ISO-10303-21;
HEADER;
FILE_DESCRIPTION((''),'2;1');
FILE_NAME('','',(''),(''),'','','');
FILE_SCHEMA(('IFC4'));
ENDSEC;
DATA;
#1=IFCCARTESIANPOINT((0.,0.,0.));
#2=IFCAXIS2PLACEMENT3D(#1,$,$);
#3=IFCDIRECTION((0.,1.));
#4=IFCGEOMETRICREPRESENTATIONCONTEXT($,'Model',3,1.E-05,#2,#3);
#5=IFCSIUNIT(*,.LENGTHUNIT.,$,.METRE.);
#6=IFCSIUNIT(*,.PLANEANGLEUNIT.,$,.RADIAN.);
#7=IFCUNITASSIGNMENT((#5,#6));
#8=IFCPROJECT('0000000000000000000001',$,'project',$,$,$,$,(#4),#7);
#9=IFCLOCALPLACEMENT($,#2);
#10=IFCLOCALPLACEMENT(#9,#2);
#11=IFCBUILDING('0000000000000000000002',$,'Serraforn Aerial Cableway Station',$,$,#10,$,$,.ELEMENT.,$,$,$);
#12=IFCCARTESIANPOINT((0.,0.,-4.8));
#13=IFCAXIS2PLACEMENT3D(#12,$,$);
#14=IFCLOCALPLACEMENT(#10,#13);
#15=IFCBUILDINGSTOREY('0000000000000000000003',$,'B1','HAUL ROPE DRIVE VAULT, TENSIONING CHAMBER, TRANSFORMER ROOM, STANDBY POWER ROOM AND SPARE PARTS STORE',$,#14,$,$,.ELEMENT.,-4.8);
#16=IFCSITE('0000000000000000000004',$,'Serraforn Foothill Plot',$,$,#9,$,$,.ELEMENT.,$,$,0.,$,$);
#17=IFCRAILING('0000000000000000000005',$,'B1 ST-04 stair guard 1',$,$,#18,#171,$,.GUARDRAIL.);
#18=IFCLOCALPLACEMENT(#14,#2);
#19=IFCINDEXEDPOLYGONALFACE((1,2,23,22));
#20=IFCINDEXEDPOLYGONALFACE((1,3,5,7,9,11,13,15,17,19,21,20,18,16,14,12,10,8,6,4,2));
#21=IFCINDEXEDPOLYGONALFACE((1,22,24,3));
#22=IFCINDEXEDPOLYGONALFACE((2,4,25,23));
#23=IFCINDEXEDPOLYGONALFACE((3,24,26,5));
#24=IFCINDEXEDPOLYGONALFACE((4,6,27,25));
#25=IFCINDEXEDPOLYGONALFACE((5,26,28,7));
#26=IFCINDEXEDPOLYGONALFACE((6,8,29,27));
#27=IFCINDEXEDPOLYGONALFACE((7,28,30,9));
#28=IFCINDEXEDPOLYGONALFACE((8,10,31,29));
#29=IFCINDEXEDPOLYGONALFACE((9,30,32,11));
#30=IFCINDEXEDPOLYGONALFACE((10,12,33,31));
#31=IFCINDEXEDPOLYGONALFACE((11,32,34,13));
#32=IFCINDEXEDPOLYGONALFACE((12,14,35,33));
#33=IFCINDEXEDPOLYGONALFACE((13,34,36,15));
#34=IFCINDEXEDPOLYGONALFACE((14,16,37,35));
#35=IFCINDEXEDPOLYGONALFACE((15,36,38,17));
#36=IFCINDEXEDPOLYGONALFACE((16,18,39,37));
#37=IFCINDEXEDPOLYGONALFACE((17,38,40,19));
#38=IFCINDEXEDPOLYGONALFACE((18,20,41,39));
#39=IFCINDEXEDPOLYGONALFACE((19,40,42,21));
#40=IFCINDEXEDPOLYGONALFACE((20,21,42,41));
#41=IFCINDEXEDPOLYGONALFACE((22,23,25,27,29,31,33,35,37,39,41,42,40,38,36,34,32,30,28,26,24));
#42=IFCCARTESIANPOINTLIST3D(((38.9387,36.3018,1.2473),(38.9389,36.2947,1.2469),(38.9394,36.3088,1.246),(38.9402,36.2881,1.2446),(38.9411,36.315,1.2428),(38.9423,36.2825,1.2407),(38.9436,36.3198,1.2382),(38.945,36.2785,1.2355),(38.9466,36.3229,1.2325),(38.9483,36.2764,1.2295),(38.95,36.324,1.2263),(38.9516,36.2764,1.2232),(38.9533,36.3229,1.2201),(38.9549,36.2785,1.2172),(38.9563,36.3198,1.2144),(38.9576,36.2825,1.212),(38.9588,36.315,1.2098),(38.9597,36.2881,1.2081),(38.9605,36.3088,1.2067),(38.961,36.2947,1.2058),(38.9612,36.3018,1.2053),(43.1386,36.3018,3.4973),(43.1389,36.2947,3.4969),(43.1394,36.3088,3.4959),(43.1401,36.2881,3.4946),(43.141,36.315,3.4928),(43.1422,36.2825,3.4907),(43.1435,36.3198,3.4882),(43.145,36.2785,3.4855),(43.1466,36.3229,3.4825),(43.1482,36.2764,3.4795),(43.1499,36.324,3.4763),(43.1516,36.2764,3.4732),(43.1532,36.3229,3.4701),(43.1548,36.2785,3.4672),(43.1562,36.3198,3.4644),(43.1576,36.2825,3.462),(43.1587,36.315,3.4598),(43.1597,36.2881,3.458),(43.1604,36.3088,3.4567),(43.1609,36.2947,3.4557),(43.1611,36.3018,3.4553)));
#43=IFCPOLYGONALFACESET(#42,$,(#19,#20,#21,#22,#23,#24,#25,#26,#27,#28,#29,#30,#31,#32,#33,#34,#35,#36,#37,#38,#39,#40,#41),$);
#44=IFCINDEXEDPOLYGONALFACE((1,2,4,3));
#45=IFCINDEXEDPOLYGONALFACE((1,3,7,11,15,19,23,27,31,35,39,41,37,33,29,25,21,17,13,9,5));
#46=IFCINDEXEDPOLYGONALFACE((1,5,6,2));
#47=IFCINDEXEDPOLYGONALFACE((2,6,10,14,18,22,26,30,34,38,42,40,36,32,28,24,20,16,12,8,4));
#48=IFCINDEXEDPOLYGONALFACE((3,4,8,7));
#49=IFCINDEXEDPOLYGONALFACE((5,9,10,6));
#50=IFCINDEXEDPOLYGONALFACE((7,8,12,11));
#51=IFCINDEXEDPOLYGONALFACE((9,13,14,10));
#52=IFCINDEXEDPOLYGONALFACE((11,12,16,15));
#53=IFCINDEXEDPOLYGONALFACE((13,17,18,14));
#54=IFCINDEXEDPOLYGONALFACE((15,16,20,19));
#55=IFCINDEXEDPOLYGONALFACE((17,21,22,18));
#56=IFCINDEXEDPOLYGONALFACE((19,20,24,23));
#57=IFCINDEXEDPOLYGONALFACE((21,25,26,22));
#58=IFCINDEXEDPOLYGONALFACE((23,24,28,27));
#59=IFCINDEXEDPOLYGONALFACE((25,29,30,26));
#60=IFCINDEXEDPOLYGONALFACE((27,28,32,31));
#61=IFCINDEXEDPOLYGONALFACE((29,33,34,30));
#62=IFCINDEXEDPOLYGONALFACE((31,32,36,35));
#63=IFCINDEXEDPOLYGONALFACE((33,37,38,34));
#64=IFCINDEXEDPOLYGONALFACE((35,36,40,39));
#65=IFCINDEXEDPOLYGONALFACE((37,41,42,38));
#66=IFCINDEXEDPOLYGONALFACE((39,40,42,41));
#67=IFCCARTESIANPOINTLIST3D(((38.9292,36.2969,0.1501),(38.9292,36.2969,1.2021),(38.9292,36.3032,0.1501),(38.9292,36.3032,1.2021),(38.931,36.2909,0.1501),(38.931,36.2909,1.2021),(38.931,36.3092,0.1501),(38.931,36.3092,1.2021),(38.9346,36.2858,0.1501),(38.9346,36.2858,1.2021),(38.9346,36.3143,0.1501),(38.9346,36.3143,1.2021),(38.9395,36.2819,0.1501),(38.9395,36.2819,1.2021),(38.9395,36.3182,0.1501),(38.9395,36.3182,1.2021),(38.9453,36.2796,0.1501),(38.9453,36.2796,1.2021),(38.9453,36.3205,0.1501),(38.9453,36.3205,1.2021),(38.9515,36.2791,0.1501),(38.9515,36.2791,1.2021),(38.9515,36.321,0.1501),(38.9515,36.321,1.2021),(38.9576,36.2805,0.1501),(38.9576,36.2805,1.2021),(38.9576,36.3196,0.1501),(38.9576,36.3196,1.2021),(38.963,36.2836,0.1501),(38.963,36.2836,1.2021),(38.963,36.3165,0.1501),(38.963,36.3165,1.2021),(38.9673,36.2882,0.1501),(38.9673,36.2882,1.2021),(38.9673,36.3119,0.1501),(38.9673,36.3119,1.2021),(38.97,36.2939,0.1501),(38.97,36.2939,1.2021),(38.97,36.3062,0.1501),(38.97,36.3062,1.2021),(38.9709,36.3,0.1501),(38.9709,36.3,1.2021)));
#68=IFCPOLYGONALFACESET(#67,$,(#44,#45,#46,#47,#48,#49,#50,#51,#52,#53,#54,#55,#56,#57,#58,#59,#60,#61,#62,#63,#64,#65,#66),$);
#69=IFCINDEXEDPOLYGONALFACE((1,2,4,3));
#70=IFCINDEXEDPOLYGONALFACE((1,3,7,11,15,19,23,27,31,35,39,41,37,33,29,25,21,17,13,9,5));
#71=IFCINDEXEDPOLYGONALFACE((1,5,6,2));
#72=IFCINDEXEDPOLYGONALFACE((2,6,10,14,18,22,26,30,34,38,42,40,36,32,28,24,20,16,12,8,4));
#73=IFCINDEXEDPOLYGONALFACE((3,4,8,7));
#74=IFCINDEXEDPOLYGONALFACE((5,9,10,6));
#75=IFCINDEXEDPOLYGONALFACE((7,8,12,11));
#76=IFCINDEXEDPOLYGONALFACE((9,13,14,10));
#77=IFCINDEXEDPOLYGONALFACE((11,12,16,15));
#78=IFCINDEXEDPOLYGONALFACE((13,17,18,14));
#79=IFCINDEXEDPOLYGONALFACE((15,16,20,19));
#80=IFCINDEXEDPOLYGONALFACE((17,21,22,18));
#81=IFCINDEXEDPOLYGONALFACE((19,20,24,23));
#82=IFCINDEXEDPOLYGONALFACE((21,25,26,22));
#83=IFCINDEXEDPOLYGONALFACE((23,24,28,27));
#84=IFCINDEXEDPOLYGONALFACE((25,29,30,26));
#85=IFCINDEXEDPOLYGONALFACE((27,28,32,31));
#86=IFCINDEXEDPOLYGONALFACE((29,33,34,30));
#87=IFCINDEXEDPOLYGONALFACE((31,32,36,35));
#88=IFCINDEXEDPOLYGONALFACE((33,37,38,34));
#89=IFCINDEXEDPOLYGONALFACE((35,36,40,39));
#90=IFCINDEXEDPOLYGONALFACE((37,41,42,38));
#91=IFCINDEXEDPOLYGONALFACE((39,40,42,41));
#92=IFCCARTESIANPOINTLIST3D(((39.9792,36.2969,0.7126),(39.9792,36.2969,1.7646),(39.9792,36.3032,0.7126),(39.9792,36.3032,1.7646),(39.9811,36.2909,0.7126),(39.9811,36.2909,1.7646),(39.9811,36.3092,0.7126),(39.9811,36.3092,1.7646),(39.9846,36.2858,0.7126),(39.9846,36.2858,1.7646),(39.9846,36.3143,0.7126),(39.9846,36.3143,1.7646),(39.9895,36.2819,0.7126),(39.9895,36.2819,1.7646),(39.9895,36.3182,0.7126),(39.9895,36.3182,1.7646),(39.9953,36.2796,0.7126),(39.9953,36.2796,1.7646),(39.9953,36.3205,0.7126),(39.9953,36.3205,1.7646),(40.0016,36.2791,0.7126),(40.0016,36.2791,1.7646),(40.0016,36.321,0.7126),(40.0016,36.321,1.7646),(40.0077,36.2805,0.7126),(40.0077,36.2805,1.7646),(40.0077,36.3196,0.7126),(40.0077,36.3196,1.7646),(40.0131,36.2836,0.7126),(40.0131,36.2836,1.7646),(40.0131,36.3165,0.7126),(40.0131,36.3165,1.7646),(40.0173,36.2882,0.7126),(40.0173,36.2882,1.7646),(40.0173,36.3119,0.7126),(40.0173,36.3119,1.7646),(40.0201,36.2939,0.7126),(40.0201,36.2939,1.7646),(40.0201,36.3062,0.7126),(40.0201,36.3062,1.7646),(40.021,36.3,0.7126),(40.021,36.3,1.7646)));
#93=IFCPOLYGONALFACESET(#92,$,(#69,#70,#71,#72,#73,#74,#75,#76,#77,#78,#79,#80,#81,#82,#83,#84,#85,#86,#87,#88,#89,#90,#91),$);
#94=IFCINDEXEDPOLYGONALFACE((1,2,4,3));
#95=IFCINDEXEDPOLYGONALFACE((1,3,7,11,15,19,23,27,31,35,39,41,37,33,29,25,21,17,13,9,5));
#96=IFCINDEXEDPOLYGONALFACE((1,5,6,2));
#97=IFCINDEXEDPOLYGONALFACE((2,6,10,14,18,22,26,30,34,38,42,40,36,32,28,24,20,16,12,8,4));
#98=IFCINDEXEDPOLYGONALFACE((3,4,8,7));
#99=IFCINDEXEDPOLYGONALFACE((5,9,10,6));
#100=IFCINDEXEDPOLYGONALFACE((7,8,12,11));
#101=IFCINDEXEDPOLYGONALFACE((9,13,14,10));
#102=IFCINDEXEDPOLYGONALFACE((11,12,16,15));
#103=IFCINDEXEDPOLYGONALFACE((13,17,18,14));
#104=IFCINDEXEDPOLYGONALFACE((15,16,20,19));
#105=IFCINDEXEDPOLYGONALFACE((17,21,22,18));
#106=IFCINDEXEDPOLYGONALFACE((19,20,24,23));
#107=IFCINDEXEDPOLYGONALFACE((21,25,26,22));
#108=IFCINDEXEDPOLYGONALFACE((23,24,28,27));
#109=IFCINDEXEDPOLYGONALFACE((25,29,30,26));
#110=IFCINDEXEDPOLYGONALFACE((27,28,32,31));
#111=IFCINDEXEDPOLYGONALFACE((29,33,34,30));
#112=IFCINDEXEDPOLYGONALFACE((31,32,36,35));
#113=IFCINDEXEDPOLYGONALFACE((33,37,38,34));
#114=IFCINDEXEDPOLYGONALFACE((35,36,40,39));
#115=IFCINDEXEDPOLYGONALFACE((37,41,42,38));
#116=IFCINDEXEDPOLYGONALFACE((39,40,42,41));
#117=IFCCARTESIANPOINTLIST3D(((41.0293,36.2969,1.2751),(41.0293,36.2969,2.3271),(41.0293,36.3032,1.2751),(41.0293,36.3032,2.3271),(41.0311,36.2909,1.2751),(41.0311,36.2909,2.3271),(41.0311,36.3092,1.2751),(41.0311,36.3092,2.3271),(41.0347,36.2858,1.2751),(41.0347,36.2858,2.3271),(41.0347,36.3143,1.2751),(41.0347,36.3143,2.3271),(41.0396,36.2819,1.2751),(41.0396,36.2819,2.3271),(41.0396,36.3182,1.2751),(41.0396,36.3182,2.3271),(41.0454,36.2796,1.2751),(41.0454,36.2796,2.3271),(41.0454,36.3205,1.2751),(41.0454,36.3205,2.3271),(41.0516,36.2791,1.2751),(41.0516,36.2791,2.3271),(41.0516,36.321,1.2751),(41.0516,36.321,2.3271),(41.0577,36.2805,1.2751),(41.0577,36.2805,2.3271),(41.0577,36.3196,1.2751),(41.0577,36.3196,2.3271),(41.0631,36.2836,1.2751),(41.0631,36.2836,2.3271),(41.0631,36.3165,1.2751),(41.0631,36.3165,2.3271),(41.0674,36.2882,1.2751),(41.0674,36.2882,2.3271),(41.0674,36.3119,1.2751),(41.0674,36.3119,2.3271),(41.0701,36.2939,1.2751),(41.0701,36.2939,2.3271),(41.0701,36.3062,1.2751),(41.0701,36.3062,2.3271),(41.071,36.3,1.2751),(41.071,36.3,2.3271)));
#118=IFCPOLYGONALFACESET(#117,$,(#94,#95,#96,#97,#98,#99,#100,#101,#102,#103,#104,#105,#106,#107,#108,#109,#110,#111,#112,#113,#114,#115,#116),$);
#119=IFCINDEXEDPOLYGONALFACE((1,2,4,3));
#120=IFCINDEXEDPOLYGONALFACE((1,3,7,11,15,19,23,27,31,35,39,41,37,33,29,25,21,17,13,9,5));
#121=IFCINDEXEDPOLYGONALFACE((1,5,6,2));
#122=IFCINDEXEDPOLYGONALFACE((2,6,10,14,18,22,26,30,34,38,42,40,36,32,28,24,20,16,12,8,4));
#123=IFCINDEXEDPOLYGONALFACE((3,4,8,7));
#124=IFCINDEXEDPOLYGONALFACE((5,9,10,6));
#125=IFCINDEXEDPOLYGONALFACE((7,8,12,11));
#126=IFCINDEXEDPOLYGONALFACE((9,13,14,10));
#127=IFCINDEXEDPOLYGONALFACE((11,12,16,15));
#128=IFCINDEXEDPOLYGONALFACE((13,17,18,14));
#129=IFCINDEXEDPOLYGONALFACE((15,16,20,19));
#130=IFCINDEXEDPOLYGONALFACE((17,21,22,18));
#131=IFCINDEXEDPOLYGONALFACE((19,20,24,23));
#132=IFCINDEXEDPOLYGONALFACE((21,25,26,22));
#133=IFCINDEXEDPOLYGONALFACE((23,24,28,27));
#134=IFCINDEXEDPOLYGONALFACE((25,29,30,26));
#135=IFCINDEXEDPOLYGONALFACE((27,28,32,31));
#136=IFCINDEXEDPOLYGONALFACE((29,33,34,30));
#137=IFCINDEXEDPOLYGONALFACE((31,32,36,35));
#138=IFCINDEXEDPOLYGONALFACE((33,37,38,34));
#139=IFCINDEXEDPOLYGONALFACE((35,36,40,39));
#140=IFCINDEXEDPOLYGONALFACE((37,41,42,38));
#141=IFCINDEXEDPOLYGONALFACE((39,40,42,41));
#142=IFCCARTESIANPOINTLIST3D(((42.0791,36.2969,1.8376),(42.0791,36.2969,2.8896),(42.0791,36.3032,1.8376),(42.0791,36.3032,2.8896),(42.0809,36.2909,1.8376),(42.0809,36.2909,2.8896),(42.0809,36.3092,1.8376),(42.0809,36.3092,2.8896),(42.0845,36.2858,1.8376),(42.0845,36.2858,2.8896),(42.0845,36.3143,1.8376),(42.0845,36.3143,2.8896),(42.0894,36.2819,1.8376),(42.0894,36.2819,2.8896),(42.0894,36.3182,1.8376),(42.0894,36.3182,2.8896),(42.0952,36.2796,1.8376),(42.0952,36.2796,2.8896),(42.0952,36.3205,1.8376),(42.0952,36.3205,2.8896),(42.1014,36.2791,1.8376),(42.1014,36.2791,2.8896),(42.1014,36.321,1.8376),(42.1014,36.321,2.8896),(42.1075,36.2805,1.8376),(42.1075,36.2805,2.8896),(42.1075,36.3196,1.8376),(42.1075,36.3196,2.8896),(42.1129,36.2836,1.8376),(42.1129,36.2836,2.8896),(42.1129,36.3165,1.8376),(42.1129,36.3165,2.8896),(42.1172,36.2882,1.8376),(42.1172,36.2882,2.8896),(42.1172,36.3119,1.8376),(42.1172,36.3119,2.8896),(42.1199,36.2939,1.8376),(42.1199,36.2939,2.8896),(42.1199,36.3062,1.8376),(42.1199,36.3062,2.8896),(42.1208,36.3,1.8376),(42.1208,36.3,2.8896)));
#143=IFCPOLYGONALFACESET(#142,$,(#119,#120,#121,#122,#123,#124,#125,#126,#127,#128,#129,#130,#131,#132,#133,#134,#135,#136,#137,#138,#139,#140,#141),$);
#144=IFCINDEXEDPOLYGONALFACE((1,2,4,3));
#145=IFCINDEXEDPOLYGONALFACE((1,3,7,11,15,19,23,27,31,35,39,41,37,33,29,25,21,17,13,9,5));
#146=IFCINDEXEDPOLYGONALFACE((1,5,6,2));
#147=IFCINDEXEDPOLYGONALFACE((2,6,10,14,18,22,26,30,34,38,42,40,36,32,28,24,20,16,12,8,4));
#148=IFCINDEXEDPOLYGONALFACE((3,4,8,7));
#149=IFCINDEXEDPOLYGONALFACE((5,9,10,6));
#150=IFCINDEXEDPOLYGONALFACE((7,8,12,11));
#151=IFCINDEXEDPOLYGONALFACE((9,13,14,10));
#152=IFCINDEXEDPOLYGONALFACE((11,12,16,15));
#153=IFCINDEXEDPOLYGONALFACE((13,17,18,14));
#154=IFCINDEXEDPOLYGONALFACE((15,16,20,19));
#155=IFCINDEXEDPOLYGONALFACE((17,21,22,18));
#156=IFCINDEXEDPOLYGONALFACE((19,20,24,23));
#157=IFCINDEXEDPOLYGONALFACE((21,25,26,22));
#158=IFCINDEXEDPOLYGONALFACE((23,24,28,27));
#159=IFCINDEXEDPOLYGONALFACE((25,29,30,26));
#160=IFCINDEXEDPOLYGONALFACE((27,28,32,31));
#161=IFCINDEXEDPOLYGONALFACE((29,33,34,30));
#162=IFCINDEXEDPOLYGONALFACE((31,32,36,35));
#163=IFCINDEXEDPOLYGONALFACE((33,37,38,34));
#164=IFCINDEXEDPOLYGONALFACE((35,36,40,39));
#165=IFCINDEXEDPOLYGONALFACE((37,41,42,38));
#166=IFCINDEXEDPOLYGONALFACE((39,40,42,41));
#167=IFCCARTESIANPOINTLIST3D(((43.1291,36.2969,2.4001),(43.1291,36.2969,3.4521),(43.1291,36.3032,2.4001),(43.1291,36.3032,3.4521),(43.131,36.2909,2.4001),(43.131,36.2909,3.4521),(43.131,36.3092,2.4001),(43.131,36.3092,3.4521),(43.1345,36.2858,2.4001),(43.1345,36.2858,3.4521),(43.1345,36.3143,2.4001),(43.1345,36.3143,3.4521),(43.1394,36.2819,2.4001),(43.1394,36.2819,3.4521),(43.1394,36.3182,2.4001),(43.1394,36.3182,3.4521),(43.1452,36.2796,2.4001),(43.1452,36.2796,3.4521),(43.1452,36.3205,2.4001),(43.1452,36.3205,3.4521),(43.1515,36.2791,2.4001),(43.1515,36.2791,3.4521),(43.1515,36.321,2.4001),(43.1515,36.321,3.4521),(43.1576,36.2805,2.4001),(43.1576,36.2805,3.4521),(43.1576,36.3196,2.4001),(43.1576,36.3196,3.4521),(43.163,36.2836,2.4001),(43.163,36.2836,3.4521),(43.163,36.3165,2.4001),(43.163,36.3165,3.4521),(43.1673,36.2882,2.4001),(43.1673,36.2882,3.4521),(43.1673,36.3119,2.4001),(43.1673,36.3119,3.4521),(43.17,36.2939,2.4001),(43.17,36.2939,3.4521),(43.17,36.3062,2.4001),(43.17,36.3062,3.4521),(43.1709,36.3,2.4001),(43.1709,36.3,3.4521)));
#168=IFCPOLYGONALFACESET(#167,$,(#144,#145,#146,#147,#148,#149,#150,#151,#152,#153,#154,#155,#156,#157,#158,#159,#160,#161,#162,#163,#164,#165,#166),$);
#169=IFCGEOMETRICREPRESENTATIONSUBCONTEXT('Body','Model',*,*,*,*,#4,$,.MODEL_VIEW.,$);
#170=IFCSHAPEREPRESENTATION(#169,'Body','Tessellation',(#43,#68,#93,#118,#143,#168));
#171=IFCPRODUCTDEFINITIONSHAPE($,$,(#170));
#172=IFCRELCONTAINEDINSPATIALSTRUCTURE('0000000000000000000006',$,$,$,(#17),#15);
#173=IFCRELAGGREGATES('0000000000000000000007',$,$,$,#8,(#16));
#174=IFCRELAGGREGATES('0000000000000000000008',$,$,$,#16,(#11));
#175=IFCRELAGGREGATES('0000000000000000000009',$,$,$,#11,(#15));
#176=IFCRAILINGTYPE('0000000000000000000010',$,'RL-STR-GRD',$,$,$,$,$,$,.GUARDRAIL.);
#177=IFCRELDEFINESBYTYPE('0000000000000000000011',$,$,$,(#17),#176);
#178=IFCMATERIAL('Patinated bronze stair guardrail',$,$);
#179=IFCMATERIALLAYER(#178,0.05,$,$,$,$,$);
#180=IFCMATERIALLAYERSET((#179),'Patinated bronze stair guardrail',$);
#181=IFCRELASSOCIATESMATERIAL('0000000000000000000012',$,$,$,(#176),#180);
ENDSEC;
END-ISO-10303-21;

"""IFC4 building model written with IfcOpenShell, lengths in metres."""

from ifc_helpers import new_model, si_unit, direction, frame, origin, origin_2d, place, context, subcontext, project, spatial, circle, extrude, material, layer, layer_set, type_object, element, save


model = new_model("IFC4")

# Units and contexts
model_context = context("Model", 3, precision=1e-05, world=origin(), true_north=direction((0.0, 1.0)))
body_context = subcontext(model_context, "Body", "Model", "MODEL_VIEW")
ifc_project = project(units=[si_unit("LENGTHUNIT", "METRE"), si_unit("PLANEANGLEUNIT", "RADIAN")], contexts=[model_context])

# Site, building, storey
site_placement = place(None, origin())
site = spatial("IfcSite", under=ifc_project, at=site_placement, Name="Serraforn Foothill Plot", CompositionType="ELEMENT", RefElevation=0.0)
building_placement = place(site_placement, origin())
building = spatial("IfcBuilding", under=site, at=building_placement, Name="Serraforn Aerial Cableway Station", CompositionType="ELEMENT")
storey_placement = place(building_placement, frame((0.0, 0.0, -4.8)))
storey = spatial("IfcBuildingStorey", under=building, at=storey_placement, Name="B1", Description="HAUL ROPE DRIVE VAULT, TENSIONING CHAMBER, TRANSFORMER ROOM, STANDBY POWER ROOM AND SPARE PARTS STORE", CompositionType="ELEMENT", Elevation=-4.8)

# Railing
ifc_material_1 = material(Name="Patinated bronze stair guardrail")
ifc_layer_1 = layer(ifc_material_1, 0.05)
ifc_layer_set_1 = layer_set([ifc_layer_1], Name="Patinated bronze stair guardrail")
railing_type_1 = type_object("IfcRailingType", Name="RL-STR-GRD", PredefinedType="GUARDRAIL", material=ifc_layer_set_1)
railing_1_placement = place(storey_placement, frame((38.95, 36.3, 0.1501)))
element("IfcRailing", 1, at=railing_1_placement, inside=storey, type_object=railing_type_1, Name="B1 ST-04 stair guard 1", PredefinedType="GUARDRAIL", context=body_context, shape_type="SweptSolid", body=[
    extrude(circle(Radius=0.0239, at=origin_2d()), frame((0.0, 0.0, 1.0762), z_axis=(0.881478, 0.0, 0.472226), x_axis=(0.0, 1.0, 0.0)), (0.0, 0.0, 1.0), 4.7646),
    extrude(circle(Radius=0.021, at=origin_2d()), origin(), (0.0, 0.0, 1.0), 1.052),
    extrude(circle(Radius=0.021, at=origin_2d()), frame((1.05, 0.0, 0.5625)), (0.0, 0.0, 1.0), 1.052),
    extrude(circle(Radius=0.021, at=origin_2d()), frame((2.1001, 0.0, 1.125)), (0.0, 0.0, 1.0), 1.052),
    extrude(circle(Radius=0.021, at=origin_2d()), frame((3.1499, 0.0, 1.6875)), (0.0, 0.0, 1.0), 1.052),
    extrude(circle(Radius=0.021, at=origin_2d()), frame((4.2, 0.0, 2.25)), (0.0, 0.0, 1.0), 1.052),
])

save(model, "model.ifc")
